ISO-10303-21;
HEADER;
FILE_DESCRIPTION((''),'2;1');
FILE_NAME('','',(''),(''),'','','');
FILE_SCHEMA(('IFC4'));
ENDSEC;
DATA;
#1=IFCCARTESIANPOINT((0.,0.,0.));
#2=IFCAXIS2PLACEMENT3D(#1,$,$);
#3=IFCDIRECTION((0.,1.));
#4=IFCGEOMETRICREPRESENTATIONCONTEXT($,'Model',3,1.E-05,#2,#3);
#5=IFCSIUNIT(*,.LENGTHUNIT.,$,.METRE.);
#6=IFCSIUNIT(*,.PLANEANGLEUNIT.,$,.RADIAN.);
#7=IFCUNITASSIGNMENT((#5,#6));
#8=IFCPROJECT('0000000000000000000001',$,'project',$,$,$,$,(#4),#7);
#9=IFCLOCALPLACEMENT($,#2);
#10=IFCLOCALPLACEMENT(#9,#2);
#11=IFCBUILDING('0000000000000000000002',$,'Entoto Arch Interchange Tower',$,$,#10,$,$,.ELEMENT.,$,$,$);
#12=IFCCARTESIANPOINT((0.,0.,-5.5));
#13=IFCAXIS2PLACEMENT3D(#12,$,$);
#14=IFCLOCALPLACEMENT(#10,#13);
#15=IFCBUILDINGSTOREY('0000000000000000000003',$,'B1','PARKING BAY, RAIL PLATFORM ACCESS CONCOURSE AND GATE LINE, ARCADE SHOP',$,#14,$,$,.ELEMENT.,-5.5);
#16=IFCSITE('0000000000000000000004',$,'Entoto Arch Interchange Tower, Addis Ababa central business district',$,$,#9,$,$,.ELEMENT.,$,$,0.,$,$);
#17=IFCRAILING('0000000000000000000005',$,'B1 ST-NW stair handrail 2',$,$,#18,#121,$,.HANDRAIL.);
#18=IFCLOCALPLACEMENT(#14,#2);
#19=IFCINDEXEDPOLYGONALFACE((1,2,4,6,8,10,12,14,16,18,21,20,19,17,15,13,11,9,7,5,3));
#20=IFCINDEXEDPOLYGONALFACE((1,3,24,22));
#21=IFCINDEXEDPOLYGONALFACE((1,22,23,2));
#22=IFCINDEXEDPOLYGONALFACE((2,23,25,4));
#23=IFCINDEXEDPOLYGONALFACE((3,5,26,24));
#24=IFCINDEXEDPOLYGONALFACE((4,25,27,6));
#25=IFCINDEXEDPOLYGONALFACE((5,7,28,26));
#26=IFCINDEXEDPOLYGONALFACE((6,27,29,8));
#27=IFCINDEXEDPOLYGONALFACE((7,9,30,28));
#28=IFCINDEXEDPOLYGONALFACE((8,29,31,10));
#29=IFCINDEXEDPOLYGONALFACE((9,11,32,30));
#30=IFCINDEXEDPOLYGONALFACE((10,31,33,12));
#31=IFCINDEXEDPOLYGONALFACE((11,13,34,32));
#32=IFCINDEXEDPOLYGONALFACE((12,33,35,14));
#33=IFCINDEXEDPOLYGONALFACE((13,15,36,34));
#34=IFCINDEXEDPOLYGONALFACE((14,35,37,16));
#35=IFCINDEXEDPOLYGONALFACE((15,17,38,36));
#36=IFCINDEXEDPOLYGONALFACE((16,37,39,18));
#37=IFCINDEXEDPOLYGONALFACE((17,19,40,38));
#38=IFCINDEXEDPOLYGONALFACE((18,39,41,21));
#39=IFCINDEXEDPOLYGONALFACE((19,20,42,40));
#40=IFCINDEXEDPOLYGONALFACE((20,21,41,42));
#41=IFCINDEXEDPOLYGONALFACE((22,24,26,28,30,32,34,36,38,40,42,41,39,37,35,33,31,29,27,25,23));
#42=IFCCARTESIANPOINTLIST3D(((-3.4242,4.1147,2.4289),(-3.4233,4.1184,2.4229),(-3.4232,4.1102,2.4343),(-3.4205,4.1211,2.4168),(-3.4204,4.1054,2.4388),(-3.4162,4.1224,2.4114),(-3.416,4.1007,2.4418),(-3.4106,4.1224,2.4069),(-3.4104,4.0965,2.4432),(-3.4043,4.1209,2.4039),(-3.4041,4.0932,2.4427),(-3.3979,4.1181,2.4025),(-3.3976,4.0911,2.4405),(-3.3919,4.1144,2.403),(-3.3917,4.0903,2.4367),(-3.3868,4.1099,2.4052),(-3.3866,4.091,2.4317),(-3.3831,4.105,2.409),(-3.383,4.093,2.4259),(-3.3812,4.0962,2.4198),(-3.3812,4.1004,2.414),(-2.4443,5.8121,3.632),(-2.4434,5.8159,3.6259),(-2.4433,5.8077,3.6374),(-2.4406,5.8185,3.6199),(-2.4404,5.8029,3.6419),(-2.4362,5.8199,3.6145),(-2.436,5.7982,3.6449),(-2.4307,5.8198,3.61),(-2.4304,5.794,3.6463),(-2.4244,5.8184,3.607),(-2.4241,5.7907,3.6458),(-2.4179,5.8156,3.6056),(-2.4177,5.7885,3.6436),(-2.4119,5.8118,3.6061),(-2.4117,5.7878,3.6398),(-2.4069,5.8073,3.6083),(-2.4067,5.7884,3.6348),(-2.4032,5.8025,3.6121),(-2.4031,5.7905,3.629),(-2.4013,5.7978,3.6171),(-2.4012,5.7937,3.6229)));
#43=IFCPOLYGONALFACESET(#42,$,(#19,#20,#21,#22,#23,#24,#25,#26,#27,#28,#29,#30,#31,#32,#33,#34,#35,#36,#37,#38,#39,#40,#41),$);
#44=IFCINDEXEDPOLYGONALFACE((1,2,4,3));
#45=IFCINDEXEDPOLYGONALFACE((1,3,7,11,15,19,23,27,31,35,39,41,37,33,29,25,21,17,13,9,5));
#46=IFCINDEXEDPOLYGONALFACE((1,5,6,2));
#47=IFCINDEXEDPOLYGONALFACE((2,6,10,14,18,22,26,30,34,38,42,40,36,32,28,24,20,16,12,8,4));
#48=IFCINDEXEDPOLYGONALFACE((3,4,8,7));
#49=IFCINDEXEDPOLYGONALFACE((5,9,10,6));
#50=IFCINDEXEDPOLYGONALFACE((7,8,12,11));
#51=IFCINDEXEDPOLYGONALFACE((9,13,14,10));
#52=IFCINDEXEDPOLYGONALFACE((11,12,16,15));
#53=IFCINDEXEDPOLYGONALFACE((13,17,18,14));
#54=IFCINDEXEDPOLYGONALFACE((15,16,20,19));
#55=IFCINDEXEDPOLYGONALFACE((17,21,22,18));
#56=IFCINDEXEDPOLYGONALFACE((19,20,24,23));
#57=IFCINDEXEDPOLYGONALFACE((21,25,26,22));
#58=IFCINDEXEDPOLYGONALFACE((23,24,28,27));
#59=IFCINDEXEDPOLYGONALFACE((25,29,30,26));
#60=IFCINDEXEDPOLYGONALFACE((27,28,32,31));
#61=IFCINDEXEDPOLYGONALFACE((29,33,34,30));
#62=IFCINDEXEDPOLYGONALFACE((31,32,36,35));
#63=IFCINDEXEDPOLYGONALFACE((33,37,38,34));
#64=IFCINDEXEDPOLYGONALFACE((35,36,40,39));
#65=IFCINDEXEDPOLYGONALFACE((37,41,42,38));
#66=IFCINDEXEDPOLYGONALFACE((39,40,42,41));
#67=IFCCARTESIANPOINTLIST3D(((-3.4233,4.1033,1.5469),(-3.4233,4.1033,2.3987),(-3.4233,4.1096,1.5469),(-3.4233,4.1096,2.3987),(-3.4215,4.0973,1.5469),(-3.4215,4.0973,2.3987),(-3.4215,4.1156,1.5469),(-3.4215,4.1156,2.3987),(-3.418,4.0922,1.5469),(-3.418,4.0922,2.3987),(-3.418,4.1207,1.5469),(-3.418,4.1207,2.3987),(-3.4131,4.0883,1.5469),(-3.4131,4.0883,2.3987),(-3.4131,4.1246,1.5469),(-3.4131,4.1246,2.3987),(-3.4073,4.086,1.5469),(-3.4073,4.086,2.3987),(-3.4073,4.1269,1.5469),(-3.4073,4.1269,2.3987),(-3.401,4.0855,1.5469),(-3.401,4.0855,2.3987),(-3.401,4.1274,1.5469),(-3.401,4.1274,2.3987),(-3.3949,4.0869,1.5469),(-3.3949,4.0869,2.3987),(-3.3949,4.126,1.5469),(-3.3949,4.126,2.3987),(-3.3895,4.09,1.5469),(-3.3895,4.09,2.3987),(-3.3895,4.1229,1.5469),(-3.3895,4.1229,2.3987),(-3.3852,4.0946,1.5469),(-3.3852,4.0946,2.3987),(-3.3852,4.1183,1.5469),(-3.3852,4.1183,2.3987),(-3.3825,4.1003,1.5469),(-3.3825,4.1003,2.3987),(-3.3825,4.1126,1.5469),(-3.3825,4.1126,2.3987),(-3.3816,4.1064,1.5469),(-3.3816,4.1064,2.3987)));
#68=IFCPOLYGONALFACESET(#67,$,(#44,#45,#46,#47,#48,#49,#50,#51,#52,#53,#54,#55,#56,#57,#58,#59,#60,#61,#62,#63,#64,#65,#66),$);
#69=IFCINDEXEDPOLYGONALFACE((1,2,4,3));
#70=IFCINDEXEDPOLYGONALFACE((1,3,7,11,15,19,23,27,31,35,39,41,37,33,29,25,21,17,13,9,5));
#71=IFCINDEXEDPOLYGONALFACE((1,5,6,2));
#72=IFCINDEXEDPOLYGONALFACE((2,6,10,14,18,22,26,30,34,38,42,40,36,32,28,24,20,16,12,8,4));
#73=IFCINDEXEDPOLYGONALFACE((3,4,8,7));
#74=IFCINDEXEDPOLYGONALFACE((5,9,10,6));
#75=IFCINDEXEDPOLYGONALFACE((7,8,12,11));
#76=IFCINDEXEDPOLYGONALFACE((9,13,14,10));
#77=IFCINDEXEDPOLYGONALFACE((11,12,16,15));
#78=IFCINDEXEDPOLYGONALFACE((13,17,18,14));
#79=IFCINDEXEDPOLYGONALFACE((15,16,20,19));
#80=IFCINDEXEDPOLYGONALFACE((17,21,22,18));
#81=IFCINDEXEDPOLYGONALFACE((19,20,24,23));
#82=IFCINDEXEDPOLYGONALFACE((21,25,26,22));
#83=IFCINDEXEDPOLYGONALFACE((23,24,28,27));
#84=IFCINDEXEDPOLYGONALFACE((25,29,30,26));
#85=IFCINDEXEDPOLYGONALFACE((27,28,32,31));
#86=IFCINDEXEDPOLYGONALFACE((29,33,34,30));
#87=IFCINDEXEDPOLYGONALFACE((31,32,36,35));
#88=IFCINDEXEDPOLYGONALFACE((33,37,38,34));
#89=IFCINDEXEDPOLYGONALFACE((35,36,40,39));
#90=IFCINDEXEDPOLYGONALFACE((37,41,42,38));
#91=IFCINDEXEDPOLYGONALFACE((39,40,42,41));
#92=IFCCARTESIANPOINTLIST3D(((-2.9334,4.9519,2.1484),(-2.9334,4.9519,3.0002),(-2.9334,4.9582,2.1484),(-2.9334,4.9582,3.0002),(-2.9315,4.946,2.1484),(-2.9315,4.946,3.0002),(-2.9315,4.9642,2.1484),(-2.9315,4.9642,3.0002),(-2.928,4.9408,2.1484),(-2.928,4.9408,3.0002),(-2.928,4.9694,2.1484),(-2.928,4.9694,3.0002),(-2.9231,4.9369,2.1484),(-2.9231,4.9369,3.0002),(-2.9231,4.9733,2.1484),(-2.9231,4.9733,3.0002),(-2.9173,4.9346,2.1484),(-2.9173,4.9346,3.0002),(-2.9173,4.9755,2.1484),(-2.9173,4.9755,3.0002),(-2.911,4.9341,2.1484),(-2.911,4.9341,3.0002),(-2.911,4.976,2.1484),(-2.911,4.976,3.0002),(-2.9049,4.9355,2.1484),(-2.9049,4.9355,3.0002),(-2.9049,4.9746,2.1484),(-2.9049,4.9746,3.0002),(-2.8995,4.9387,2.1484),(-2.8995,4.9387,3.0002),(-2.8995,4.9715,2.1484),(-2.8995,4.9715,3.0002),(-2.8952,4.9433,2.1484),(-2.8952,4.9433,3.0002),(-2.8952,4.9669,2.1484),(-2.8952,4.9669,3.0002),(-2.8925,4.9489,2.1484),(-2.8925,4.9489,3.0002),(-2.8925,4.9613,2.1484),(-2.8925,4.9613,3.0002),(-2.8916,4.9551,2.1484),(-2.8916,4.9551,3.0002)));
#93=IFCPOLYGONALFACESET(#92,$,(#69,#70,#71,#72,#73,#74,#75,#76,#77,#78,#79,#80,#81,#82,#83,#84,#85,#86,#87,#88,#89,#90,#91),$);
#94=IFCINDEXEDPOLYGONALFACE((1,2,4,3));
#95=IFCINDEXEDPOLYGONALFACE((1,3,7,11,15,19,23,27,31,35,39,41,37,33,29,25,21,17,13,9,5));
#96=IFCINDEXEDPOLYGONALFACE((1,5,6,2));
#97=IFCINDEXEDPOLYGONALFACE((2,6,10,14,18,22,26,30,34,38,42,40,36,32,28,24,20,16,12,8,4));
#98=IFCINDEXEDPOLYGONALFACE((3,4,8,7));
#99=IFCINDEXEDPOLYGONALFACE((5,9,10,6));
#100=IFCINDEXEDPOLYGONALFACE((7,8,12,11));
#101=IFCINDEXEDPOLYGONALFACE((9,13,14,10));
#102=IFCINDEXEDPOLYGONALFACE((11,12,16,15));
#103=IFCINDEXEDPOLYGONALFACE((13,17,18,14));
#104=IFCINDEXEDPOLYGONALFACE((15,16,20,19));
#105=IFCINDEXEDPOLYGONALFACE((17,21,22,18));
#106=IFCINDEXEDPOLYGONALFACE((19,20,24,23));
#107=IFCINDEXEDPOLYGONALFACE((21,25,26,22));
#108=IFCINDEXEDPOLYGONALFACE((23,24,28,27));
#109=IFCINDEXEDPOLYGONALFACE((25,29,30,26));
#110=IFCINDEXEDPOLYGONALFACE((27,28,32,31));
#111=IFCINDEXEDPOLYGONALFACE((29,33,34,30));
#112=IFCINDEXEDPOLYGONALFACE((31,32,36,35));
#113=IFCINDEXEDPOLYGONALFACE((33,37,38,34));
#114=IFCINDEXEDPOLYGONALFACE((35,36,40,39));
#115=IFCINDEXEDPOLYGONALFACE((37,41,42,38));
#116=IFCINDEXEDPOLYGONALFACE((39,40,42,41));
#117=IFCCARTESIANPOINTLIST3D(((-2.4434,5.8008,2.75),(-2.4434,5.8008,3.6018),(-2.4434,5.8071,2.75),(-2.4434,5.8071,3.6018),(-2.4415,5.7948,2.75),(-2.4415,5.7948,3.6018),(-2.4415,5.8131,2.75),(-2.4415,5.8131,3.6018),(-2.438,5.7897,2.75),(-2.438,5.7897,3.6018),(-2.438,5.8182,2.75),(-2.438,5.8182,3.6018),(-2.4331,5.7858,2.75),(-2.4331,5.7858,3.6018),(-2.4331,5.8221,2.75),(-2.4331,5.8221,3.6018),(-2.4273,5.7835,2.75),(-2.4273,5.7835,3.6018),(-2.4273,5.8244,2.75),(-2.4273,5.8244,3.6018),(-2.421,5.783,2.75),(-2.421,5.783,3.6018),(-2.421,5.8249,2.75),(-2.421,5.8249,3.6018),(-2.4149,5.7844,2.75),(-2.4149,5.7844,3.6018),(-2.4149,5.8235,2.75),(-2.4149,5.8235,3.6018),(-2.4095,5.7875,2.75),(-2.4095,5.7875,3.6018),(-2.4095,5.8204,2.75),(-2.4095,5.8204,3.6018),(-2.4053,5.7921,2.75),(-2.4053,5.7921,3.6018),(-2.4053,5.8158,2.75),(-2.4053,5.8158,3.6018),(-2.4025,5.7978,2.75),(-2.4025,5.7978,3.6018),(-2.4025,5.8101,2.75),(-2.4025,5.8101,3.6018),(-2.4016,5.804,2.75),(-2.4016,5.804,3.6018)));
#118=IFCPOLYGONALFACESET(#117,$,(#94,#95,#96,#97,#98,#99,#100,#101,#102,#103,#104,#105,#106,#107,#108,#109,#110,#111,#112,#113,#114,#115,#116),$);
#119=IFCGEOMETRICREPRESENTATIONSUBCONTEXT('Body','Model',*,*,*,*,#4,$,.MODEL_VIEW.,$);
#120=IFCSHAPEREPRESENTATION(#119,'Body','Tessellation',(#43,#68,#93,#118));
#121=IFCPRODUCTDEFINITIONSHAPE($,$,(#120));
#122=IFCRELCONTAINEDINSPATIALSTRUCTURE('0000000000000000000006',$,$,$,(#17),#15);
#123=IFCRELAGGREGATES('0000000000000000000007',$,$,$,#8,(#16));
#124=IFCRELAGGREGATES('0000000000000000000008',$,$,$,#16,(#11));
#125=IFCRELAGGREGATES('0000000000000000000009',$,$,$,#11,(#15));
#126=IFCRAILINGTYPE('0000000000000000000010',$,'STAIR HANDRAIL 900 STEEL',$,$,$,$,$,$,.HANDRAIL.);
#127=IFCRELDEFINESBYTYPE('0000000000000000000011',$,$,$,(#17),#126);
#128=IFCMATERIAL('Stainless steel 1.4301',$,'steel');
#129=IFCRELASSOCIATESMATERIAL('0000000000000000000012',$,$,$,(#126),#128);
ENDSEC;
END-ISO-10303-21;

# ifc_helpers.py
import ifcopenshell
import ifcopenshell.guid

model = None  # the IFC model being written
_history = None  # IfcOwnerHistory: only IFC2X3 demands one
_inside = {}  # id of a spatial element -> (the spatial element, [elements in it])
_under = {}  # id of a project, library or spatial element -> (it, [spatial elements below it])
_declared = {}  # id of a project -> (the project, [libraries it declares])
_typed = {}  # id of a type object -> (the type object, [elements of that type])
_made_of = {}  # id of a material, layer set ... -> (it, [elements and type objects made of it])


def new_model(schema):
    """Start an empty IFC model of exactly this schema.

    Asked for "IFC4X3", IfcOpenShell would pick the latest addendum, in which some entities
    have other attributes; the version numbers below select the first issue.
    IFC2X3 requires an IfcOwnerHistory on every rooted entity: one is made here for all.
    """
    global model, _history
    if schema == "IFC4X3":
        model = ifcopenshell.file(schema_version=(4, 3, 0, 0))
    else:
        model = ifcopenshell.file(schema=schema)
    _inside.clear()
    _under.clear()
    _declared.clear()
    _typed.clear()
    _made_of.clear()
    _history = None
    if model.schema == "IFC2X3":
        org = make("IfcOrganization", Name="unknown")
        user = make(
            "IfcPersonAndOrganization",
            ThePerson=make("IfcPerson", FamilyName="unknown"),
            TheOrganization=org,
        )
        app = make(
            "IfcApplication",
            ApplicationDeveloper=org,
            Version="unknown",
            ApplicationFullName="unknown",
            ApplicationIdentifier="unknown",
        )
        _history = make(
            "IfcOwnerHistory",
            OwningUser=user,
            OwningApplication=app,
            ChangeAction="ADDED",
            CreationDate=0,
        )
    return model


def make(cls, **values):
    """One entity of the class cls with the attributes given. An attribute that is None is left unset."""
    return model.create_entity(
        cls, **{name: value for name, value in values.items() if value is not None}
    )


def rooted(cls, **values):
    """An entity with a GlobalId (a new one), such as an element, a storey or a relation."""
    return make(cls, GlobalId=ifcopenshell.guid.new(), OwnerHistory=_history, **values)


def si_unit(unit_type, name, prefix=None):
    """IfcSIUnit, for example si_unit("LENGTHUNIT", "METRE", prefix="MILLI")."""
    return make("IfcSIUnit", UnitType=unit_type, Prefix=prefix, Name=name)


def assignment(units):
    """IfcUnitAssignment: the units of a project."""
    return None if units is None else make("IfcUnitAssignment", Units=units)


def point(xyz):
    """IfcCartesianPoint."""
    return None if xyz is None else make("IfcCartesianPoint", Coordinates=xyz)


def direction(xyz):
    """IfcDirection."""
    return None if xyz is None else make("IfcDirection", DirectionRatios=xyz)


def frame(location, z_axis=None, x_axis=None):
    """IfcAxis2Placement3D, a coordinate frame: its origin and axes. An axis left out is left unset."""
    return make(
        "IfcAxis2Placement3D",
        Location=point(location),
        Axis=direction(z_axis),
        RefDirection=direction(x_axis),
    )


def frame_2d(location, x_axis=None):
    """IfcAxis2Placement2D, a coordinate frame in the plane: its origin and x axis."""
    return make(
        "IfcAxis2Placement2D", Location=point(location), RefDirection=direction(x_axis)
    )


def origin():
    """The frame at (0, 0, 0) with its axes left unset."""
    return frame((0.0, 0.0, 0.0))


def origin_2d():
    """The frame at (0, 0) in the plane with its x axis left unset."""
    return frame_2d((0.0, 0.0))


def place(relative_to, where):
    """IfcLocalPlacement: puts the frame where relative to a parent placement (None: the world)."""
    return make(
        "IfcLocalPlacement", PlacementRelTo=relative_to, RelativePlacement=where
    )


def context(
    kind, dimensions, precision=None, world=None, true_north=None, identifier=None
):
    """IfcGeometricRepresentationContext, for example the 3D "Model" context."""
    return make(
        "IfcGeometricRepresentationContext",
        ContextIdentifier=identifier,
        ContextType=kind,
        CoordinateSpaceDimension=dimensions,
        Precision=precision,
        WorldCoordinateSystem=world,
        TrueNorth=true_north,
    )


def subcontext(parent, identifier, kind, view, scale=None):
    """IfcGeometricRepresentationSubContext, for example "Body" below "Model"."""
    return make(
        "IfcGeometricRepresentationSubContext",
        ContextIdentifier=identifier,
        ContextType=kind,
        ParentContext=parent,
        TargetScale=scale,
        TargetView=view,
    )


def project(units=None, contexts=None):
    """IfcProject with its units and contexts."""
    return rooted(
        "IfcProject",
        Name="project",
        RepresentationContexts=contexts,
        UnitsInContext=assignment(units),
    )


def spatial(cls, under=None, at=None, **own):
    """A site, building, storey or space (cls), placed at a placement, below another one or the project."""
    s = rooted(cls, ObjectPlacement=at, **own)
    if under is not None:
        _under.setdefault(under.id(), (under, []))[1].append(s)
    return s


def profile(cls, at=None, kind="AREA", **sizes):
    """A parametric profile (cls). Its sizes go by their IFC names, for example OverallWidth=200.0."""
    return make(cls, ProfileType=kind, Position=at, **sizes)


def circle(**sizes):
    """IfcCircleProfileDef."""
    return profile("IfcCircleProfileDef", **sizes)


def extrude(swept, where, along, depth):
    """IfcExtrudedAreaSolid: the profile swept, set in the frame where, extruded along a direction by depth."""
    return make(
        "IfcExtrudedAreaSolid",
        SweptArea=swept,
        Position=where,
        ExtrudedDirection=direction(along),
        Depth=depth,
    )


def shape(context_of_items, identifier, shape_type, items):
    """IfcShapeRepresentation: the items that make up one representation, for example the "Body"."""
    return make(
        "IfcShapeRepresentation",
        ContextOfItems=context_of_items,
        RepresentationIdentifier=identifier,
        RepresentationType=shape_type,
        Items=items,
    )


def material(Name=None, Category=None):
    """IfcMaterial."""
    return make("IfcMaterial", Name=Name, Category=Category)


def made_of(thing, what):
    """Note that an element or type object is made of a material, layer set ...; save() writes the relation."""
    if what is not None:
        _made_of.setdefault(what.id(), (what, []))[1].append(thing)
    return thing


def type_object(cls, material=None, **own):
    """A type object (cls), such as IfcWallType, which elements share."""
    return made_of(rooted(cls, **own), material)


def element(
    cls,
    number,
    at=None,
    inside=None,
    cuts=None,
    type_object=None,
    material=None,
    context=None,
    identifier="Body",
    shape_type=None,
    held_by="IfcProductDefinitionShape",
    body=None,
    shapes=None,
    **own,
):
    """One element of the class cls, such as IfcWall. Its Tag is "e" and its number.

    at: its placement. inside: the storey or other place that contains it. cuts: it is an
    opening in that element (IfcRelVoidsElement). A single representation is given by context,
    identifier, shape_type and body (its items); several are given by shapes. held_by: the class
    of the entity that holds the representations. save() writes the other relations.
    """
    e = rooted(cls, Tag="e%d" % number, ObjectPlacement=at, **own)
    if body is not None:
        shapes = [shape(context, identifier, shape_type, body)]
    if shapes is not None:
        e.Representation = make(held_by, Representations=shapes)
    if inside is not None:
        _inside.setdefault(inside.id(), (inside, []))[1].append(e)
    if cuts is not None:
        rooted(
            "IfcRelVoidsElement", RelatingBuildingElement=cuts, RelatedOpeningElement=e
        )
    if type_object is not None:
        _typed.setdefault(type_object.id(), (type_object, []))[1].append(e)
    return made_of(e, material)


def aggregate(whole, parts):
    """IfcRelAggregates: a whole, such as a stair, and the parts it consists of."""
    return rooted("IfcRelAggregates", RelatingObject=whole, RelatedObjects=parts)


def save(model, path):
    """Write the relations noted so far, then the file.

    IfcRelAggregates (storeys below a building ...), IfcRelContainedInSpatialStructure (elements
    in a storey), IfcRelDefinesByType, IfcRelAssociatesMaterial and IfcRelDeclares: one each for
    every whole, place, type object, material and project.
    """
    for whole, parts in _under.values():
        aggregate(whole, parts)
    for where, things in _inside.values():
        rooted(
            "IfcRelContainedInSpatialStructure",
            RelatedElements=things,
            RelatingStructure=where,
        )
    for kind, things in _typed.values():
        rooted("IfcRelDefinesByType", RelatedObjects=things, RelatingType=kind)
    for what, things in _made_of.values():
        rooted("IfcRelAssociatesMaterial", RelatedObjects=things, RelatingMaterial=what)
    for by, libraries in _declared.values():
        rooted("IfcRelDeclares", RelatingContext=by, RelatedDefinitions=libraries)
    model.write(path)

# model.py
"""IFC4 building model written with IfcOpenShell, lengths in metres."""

from ifc_helpers import new_model, si_unit, direction, frame, origin, origin_2d, place, context, subcontext, project, spatial, circle, extrude, material, type_object, element, save


model = new_model("IFC4")

# Units and contexts
model_context = context("Model", 3, precision=1e-05, world=origin(), true_north=direction((0.0, 1.0)))
body_context = subcontext(model_context, "Body", "Model", "MODEL_VIEW")
ifc_project = project(units=[si_unit("LENGTHUNIT", "METRE"), si_unit("PLANEANGLEUNIT", "RADIAN")], contexts=[model_context])

# Site, building, storey
site_placement = place(None, origin())
site = spatial("IfcSite", under=ifc_project, at=site_placement, Name="Entoto Arch Interchange Tower, Addis Ababa central business district", CompositionType="ELEMENT", RefElevation=0.0)
building_placement = place(site_placement, origin())
building = spatial("IfcBuilding", under=site, at=building_placement, Name="Entoto Arch Interchange Tower", CompositionType="ELEMENT")
storey_placement = place(building_placement, frame((0.0, 0.0, -5.5)))
storey = spatial("IfcBuildingStorey", under=building, at=storey_placement, Name="B1", Description="PARKING BAY, RAIL PLATFORM ACCESS CONCOURSE AND GATE LINE, ARCADE SHOP", CompositionType="ELEMENT", Elevation=-5.5)

# Railing
ifc_material_1 = material(Name="Stainless steel 1.4301", Category="steel")
railing_type_1 = type_object("IfcRailingType", Name="STAIR HANDRAIL 900 STEEL", PredefinedType="HANDRAIL", material=ifc_material_1)
railing_1_placement = place(storey_placement, frame((-3.4026, 4.1064, 1.5469)))
element("IfcRailing", 1, at=railing_1_placement, inside=storey, type_object=railing_type_1, Name="B1 ST-NW stair handrail 2", PredefinedType="HANDRAIL", context=body_context, shape_type="SweptSolid", body=[
    extrude(circle(Radius=0.0239, at=origin_2d()), frame((0.0, 0.0, 0.876), z_axis=(0.426102, 0.738089, 0.523127), x_axis=(-0.866042, 0.49997, 0.0)), (0.0, 0.0, 1.0), 2.2998),
    extrude(circle(Radius=0.021, at=origin_2d()), origin(), (0.0, 0.0, 1.0), 0.8518),
    extrude(circle(Radius=0.021, at=origin_2d()), frame((0.49, 0.8486, 0.6016)), (0.0, 0.0, 1.0), 0.8518),
    extrude(circle(Radius=0.021, at=origin_2d()), frame((0.98, 1.6975, 1.2031)), (0.0, 0.0, 1.0), 0.8518),
])

save(model, "model.ifc")
